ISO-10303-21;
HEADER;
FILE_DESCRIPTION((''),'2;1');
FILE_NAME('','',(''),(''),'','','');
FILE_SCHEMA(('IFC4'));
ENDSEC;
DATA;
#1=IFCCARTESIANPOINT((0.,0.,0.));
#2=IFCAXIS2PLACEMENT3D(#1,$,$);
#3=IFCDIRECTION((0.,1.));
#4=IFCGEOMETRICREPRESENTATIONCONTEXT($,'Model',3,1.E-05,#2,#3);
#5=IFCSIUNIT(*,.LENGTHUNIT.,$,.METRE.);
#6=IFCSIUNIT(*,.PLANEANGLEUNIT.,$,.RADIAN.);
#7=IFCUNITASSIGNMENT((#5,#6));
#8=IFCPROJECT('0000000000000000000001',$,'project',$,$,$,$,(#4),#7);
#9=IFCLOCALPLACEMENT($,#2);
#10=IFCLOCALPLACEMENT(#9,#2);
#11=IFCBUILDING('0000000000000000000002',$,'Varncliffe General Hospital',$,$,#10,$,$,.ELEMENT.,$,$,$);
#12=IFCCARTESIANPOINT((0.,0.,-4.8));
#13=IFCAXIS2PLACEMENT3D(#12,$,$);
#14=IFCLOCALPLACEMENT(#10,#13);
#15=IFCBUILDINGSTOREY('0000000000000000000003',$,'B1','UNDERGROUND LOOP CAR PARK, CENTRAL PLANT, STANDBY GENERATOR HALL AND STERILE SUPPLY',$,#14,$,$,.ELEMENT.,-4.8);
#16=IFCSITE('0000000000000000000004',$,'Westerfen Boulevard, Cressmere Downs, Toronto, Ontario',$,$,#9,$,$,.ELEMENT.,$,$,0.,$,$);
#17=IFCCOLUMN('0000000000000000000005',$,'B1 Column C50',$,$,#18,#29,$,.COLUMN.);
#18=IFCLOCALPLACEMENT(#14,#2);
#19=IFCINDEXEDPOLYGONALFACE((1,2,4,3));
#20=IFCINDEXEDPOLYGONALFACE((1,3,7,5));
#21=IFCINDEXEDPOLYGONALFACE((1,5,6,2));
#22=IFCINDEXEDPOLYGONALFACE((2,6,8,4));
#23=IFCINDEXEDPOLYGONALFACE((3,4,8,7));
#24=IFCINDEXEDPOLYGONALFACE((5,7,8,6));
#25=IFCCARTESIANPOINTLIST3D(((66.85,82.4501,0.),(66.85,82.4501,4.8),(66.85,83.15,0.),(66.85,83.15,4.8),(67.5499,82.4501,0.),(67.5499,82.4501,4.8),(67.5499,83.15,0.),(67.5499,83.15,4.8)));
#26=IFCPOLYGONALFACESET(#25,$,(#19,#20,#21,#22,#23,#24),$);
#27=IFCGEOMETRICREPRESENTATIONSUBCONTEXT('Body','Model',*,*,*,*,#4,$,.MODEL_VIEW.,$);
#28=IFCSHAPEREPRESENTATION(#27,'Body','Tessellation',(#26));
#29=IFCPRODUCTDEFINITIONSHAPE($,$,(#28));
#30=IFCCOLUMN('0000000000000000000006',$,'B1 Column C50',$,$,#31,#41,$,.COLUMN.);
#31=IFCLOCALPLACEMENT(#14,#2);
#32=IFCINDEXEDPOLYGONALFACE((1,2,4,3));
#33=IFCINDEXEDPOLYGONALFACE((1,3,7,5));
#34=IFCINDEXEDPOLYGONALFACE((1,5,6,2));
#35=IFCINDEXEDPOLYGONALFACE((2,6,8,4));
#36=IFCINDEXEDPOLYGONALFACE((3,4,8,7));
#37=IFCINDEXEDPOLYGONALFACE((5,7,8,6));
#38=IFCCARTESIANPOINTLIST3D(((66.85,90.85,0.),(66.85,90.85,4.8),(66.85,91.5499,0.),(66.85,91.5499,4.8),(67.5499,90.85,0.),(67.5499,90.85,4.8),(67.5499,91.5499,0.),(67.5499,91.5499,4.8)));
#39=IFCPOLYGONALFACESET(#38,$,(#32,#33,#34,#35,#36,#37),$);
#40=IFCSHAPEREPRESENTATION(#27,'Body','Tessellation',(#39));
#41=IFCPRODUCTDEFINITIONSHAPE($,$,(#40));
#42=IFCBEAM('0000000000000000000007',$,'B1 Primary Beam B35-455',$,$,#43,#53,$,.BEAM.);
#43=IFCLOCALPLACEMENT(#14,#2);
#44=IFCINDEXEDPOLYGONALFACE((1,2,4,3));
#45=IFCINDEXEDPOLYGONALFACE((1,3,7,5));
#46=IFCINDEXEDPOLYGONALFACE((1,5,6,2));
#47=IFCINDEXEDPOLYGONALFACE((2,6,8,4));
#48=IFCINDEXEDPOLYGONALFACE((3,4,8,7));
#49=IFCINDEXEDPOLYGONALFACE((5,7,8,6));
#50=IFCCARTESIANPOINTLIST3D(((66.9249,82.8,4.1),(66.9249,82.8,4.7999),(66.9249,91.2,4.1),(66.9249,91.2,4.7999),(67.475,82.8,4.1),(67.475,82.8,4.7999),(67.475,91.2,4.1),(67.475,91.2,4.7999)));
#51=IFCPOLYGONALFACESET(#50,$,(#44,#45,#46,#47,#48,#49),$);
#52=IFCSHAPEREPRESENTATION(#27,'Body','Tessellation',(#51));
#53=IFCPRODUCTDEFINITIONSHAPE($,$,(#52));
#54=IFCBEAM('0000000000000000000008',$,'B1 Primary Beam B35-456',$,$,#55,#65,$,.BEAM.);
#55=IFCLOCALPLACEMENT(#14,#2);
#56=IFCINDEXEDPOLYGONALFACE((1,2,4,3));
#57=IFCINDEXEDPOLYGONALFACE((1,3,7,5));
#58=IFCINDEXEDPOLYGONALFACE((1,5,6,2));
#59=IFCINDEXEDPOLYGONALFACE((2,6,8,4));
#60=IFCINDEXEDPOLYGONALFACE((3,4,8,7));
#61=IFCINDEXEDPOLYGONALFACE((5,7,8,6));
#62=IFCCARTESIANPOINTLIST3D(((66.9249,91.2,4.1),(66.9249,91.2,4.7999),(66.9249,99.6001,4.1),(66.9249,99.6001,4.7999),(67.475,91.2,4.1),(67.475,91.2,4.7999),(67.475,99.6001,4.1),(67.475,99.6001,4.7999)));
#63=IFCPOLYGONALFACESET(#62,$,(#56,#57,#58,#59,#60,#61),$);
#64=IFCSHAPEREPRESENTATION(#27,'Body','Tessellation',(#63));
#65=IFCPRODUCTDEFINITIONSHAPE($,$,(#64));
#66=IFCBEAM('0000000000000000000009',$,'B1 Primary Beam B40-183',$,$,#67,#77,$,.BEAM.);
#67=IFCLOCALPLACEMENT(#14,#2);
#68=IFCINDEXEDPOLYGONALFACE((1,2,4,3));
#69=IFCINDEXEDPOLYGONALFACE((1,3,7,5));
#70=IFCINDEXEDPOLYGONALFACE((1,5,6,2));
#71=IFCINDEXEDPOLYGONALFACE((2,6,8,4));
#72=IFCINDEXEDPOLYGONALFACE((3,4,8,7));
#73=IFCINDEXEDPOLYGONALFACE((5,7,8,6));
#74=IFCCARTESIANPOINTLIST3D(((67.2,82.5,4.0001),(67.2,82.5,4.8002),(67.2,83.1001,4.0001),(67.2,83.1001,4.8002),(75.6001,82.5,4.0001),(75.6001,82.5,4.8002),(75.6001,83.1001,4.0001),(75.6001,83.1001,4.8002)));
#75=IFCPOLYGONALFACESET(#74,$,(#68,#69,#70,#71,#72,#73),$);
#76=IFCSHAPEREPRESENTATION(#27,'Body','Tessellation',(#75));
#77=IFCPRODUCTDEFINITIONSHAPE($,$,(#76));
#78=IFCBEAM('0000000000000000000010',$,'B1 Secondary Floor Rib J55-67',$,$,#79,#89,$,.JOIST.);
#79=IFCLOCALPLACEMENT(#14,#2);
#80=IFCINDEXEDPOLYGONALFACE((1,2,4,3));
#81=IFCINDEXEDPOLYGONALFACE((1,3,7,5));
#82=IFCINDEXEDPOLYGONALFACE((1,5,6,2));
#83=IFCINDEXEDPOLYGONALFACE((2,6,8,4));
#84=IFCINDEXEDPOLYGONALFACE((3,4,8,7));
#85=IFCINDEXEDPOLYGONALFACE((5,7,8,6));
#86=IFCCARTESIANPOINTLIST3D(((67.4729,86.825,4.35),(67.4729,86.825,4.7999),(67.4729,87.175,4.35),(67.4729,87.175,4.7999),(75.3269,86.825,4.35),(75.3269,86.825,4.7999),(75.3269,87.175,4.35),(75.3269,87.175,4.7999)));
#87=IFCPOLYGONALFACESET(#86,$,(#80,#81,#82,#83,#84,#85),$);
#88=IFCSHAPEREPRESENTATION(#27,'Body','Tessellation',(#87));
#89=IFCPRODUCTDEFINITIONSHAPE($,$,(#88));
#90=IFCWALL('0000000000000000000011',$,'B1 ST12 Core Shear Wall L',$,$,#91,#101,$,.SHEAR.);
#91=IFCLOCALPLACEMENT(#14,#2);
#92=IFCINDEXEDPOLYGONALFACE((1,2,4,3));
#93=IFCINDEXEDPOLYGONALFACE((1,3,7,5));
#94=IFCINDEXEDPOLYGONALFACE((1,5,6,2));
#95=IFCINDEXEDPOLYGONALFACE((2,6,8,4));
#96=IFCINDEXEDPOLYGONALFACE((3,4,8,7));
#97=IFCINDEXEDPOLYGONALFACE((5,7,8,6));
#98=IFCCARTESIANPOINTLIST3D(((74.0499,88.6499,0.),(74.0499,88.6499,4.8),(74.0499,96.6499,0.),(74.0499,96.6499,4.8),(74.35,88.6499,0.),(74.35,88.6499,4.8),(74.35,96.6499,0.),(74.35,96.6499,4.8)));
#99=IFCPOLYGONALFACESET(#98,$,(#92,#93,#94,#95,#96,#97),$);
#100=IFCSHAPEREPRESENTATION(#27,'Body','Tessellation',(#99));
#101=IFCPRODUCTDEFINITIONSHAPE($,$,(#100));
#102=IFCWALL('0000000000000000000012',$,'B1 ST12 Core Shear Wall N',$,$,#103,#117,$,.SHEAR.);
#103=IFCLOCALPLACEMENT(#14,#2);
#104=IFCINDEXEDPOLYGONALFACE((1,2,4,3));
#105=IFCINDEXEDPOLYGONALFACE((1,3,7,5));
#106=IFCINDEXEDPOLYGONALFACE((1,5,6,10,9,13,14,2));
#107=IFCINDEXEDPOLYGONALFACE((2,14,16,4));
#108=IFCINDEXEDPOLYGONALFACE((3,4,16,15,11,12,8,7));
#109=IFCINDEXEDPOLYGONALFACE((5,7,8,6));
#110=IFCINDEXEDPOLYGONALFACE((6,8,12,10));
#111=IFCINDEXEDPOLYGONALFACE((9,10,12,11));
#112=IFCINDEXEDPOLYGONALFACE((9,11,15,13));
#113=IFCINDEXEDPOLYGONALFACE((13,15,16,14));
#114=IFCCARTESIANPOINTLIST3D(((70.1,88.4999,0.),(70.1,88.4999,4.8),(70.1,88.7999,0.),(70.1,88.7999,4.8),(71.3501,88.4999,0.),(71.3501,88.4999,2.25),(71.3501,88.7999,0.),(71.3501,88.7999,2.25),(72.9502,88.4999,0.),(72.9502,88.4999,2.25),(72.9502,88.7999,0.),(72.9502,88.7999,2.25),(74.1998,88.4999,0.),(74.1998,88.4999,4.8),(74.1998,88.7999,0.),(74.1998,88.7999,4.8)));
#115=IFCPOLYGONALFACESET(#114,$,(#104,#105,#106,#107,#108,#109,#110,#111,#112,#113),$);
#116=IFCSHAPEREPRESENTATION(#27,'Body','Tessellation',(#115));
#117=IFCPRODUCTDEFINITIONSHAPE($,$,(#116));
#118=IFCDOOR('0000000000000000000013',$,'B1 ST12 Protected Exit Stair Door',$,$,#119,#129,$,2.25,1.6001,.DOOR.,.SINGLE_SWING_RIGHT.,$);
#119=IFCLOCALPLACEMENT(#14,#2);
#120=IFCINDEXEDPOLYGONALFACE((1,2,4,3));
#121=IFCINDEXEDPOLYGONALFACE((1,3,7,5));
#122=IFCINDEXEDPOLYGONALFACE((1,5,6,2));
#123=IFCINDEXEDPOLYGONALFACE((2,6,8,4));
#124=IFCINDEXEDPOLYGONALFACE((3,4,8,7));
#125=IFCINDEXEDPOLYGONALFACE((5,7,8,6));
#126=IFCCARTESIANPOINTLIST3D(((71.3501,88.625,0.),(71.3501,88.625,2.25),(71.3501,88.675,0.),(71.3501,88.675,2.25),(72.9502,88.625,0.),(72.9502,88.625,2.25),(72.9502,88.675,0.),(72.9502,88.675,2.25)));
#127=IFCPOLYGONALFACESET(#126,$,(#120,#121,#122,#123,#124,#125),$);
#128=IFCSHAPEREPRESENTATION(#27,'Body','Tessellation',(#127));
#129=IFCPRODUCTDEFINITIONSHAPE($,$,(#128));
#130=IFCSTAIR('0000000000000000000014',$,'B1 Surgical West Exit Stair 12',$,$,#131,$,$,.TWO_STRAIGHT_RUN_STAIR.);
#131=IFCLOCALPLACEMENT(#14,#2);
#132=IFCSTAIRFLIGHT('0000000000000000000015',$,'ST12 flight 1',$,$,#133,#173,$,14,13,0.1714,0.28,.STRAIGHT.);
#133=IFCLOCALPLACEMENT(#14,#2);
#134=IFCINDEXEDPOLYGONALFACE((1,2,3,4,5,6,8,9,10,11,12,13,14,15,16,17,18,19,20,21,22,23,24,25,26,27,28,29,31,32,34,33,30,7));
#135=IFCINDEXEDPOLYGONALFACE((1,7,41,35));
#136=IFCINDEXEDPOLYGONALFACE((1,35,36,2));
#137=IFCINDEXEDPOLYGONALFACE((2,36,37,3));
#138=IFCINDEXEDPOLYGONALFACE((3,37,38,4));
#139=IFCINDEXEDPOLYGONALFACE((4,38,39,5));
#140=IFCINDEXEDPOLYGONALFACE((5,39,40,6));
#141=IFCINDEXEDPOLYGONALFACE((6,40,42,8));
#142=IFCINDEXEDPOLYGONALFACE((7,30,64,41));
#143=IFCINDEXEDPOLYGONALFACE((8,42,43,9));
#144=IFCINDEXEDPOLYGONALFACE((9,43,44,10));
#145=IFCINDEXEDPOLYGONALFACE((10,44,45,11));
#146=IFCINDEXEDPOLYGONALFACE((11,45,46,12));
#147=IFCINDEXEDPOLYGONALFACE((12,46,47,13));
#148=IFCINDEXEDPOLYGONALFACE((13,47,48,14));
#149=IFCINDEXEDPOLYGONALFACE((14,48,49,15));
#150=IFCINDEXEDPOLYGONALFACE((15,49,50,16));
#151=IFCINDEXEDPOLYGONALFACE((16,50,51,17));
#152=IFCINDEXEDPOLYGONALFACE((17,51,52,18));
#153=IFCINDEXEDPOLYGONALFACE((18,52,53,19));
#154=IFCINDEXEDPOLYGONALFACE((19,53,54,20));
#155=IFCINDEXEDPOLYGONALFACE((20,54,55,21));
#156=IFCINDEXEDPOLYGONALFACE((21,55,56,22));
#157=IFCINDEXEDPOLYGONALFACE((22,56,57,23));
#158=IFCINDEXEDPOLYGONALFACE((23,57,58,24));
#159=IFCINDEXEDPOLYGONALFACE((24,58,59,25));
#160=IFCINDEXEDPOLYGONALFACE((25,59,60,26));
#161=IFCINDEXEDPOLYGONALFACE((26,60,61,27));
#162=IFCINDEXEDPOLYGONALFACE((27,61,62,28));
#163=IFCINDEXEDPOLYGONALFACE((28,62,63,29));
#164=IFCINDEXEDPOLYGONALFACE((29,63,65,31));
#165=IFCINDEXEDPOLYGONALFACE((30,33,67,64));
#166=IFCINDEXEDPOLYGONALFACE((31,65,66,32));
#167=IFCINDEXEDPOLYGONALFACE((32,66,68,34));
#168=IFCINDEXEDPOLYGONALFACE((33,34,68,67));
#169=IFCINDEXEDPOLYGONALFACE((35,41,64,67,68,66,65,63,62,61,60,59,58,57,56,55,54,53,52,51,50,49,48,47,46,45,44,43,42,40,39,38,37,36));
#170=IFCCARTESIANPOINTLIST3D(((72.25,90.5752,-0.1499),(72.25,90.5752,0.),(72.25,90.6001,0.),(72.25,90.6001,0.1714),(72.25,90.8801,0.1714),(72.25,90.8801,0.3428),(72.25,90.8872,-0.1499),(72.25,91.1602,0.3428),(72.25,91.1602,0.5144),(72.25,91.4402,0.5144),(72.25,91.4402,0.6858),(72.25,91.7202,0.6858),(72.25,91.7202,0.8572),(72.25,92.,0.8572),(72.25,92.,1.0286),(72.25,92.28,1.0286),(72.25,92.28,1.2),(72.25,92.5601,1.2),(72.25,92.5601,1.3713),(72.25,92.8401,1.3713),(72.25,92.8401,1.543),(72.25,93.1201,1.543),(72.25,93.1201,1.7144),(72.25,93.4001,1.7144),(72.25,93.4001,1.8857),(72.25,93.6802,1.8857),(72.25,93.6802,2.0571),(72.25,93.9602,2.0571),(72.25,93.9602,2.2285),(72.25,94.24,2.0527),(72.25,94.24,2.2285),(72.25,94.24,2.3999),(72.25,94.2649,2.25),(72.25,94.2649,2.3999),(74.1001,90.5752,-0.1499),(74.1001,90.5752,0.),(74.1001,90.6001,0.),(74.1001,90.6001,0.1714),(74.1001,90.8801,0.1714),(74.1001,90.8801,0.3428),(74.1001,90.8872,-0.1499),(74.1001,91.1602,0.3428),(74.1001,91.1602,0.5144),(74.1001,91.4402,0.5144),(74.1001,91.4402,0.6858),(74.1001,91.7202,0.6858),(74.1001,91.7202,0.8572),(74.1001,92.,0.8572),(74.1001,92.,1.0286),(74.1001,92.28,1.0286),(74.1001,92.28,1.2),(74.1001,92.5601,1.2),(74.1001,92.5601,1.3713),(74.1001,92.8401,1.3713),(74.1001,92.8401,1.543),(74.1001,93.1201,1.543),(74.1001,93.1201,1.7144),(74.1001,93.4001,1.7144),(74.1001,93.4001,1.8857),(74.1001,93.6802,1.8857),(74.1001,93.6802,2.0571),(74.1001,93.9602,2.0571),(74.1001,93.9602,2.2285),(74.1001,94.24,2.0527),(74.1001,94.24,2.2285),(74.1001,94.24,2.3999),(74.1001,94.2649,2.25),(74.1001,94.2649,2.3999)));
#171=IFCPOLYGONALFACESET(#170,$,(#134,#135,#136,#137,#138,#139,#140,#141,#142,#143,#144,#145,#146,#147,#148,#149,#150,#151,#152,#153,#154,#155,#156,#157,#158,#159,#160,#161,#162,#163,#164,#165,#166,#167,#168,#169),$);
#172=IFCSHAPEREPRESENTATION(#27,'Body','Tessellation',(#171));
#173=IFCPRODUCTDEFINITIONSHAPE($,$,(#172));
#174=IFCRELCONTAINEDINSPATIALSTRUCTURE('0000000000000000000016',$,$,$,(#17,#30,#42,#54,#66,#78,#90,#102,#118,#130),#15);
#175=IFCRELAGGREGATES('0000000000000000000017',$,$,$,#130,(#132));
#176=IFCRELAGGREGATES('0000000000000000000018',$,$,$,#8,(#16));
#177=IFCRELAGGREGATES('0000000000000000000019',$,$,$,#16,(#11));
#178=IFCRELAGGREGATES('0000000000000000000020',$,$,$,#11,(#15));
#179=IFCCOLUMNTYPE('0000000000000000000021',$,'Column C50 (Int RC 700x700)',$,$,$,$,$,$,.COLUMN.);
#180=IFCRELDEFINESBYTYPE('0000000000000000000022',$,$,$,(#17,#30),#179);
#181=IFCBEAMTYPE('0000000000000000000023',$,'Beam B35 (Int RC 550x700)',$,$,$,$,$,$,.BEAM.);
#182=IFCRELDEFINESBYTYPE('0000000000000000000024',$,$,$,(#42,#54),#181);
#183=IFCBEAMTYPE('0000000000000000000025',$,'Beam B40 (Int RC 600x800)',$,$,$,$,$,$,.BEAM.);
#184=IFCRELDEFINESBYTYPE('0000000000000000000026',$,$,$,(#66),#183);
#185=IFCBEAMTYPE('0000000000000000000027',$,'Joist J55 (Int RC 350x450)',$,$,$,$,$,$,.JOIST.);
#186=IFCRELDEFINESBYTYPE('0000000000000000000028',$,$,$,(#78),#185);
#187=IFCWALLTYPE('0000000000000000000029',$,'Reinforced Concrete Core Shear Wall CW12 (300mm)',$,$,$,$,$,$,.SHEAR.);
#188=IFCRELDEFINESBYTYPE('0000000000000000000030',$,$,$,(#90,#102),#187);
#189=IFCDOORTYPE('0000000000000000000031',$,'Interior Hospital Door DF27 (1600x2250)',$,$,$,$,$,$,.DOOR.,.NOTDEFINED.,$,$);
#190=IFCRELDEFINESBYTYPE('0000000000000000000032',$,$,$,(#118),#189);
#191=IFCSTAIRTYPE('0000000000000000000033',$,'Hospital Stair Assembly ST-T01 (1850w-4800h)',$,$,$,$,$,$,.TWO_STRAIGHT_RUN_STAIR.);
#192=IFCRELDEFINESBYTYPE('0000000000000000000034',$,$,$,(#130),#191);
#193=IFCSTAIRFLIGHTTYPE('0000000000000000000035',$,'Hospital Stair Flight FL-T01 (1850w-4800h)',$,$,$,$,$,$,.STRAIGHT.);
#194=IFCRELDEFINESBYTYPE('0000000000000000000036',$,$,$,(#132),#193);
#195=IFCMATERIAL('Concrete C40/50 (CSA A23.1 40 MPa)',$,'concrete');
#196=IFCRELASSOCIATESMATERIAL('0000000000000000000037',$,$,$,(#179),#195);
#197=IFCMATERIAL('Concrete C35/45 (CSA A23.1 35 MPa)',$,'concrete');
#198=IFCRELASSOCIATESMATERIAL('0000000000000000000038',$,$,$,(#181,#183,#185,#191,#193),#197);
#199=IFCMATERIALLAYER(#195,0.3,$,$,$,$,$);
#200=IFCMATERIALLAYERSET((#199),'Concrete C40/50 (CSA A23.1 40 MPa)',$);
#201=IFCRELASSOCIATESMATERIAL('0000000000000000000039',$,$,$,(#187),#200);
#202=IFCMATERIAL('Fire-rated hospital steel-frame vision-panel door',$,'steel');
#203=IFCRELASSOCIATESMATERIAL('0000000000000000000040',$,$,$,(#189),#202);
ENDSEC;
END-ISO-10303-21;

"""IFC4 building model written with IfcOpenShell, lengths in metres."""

from ifc_helpers import new_model, si_unit, direction, frame, frame_2d, origin, origin_2d, place, context, subcontext, project, spatial, polyline, rectangle, outline, extrude, material, layer, layer_set, material_profile, profile_set, type_object, element, fill, aggregate, save


model = new_model("IFC4")

# Units and contexts
model_context = context("Model", 3, precision=1e-05, world=origin(), true_north=direction((0.0, 1.0)))
body_context = subcontext(model_context, "Body", "Model", "MODEL_VIEW")
ifc_project = project(units=[si_unit("LENGTHUNIT", "METRE"), si_unit("PLANEANGLEUNIT", "RADIAN")], contexts=[model_context])

# Site, building, storey
site_placement = place(None, origin())
site = spatial("IfcSite", under=ifc_project, at=site_placement, Name="Westerfen Boulevard, Cressmere Downs, Toronto, Ontario", CompositionType="ELEMENT", RefElevation=0.0)
building_placement = place(site_placement, origin())
building = spatial("IfcBuilding", under=site, at=building_placement, Name="Varncliffe General Hospital", CompositionType="ELEMENT")
storey_placement = place(building_placement, frame((0.0, 0.0, -4.8)))
storey = spatial("IfcBuildingStorey", under=building, at=storey_placement, Name="B1", Description="UNDERGROUND LOOP CAR PARK, CENTRAL PLANT, STANDBY GENERATOR HALL AND STERILE SUPPLY", CompositionType="ELEMENT", Elevation=-4.8)

# Shared definitions
ifc_material_1 = material(Name="Concrete C40/50 (CSA A23.1 40 MPa)", Category="concrete")

# Columns
ifc_material_profile_1 = material_profile(ifc_material_1, rectangle(XDim=0.7, YDim=0.7, at=origin_2d()), Name="RC 700x700")
ifc_profile_set_1 = profile_set([ifc_material_profile_1], Name="Concrete C40/50 (CSA A23.1 40 MPa)")
column_type = type_object("IfcColumnType", Name="Column C50 (Int RC 700x700)", PredefinedType="COLUMN", material=ifc_profile_set_1)
for number, where, z_axis, x_axis, name in (
    (1, (67.2, 82.8, 0.0), (0.0, 0.0, 1.0), (1.0, 0.0, 0.0), "B1 Column C50"),
    (2, (67.2, 91.2, 0.0), (0.0, 0.0, 1.0), (1.0, 0.0, 0.0), "B1 Column C50"),
):
    element("IfcColumn", number, at=place(storey_placement, frame(where, z_axis=z_axis, x_axis=x_axis)), inside=storey, type_object=column_type, Name=name, PredefinedType="COLUMN", context=body_context, shape_type="SweptSolid", body=[
        extrude(rectangle(XDim=0.7, YDim=0.7, at=origin_2d()), origin(), (0.0, 0.0, 1.0), 4.8),
    ])

# Beams
ifc_material_2 = material(Name="Concrete C35/45 (CSA A23.1 35 MPa)", Category="concrete")
ifc_material_profile_2 = material_profile(ifc_material_2, rectangle(XDim=0.55, YDim=0.7, at=origin_2d()), Name="RC 550x700")
ifc_profile_set_2 = profile_set([ifc_material_profile_2], Name="Concrete C35/45 (CSA A23.1 35 MPa)")
beam_type_1 = type_object("IfcBeamType", Name="Beam B35 (Int RC 550x700)", PredefinedType="BEAM", material=ifc_profile_set_2)
beam_1_placement = place(storey_placement, frame((67.2, 82.8, 4.45), z_axis=(0.0, 1.0, 0.0), x_axis=(-1.0, 0.0, 0.0)))
element("IfcBeam", 3, at=beam_1_placement, inside=storey, type_object=beam_type_1, Name="B1 Primary Beam B35-455", PredefinedType="BEAM", context=body_context, shape_type="SweptSolid", body=[
    extrude(rectangle(XDim=0.55, YDim=0.7, at=origin_2d()), origin(), (0.0, 0.0, 1.0), 8.3999),
])
beam_2_placement = place(storey_placement, frame((67.2, 91.2, 4.45), z_axis=(0.0, 1.0, 0.0), x_axis=(-1.0, 0.0, 0.0)))
element("IfcBeam", 4, at=beam_2_placement, inside=storey, type_object=beam_type_1, Name="B1 Primary Beam B35-456", PredefinedType="BEAM", context=body_context, shape_type="SweptSolid", body=[
    extrude(rectangle(XDim=0.55, YDim=0.7, at=origin_2d()), origin(), (0.0, 0.0, 1.0), 8.4001),
])
ifc_material_profile_3 = material_profile(ifc_material_2, rectangle(XDim=0.6001, YDim=0.8, at=origin_2d()), Name="RC 600x800")
ifc_profile_set_3 = profile_set([ifc_material_profile_3], Name="Concrete C35/45 (CSA A23.1 35 MPa)")
beam_type_2 = type_object("IfcBeamType", Name="Beam B40 (Int RC 600x800)", PredefinedType="BEAM", material=ifc_profile_set_3)
beam_3_placement = place(storey_placement, frame((67.2, 82.8, 4.4001), z_axis=(1.0, 0.0, 0.0), x_axis=(0.0, 1.0, 0.0)))
element("IfcBeam", 5, at=beam_3_placement, inside=storey, type_object=beam_type_2, Name="B1 Primary Beam B40-183", PredefinedType="BEAM", context=body_context, shape_type="SweptSolid", body=[
    extrude(rectangle(XDim=0.6001, YDim=0.8, at=origin_2d()), origin(), (0.0, 0.0, 1.0), 8.4001),
])
ifc_material_profile_4 = material_profile(ifc_material_2, rectangle(XDim=0.3501, YDim=0.45, at=origin_2d()), Name="RC 350x450")
ifc_profile_set_4 = profile_set([ifc_material_profile_4], Name="Concrete C35/45 (CSA A23.1 35 MPa)")
beam_type_3 = type_object("IfcBeamType", Name="Joist J55 (Int RC 350x450)", PredefinedType="JOIST", material=ifc_profile_set_4)
beam_4_placement = place(storey_placement, frame((67.4729, 87.0, 4.575), z_axis=(1.0, 0.0, 0.0), x_axis=(0.0, 1.0, 0.0)))
element("IfcBeam", 6, at=beam_4_placement, inside=storey, type_object=beam_type_3, Name="B1 Secondary Floor Rib J55-67", PredefinedType="JOIST", context=body_context, shape_type="SweptSolid", body=[
    extrude(rectangle(XDim=0.3501, YDim=0.45, at=origin_2d()), origin(), (0.0, 0.0, 1.0), 7.854),
])

# Wall
ifc_layer = layer(ifc_material_1, 0.3)
ifc_layer_set = layer_set([ifc_layer], Name="Concrete C40/50 (CSA A23.1 40 MPa)")
wall_type = type_object("IfcWallType", Name="Reinforced Concrete Core Shear Wall CW12 (300mm)", PredefinedType="SHEAR", material=ifc_layer_set)
wall_1_placement = place(storey_placement, frame((74.2, 88.6499, 0.0), z_axis=(0.0, 0.0, 1.0), x_axis=(0.0, 1.0, 0.0)))
element("IfcWall", 7, at=wall_1_placement, inside=storey, type_object=wall_type, Name="B1 ST12 Core Shear Wall L", PredefinedType="SHEAR", context=body_context, shape_type="SweptSolid", body=[
    extrude(rectangle(XDim=8.0, YDim=0.3, at=frame_2d((4.0, 0.0))), origin(), (0.0, 0.0, 1.0), 4.8),
])

# Wall, opening, door
wall_2_placement = place(storey_placement, frame((70.1001, 88.6499, 0.0), z_axis=(0.0, 0.0, 1.0), x_axis=(1.0, 0.0, 0.0)))
wall_2 = element("IfcWall", 8, at=wall_2_placement, inside=storey, type_object=wall_type, Name="B1 ST12 Core Shear Wall N", PredefinedType="SHEAR", context=body_context, shape_type="SweptSolid", body=[
    extrude(rectangle(XDim=4.0999, YDim=0.3, at=frame_2d((2.0498, 0.0))), origin(), (0.0, 0.0, 1.0), 4.8),
])
opening_placement = place(wall_2_placement, frame((1.25, 0.0, 0.0)))
opening = element("IfcOpeningElement", 9, at=opening_placement, cuts=wall_2, PredefinedType="OPENING", context=body_context, shape_type="SweptSolid", body=[
    extrude(rectangle(XDim=1.6001, YDim=2.25, at=frame_2d((0.8, 1.125))), frame((0.0, 0.1602, 0.0), z_axis=(0.0, -1.0, 0.0), x_axis=(1.0, 0.0, 0.0)), (0.0, 0.0, 1.0), 0.3201),
])
ifc_material_3 = material(Name="Fire-rated hospital steel-frame vision-panel door", Category="steel")
door_type = type_object("IfcDoorType", Name="Interior Hospital Door DF27 (1600x2250)", OperationType="NOTDEFINED", PredefinedType="DOOR", material=ifc_material_3)
door_placement = place(opening_placement, frame((1.6001, 0.0, 0.0), z_axis=(0.0, 0.0, 1.0), x_axis=(-1.0, 0.0, 0.0)))
door = element("IfcDoor", 10, at=door_placement, inside=storey, type_object=door_type, Name="B1 ST12 Protected Exit Stair Door", OperationType="SINGLE_SWING_RIGHT", OverallHeight=2.25, OverallWidth=1.6001, PredefinedType="DOOR", context=body_context, shape_type="SweptSolid", body=[
    extrude(rectangle(XDim=1.6001, YDim=2.25, at=frame_2d((0.8, 1.125))), frame((0.0, 0.0249, 0.0), z_axis=(0.0, -1.0, 0.0), x_axis=(1.0, 0.0, 0.0)), (0.0, 0.0, 1.0), 0.05),
])
fill(opening, door)

# Stair, stair flight
stair_type = type_object("IfcStairType", Name="Hospital Stair Assembly ST-T01 (1850w-4800h)", PredefinedType="TWO_STRAIGHT_RUN_STAIR", material=ifc_material_2)
stair_placement = place(storey_placement, origin())
stair = element("IfcStair", 11, at=stair_placement, inside=storey, type_object=stair_type, Name="B1 Surgical West Exit Stair 12", PredefinedType="TWO_STRAIGHT_RUN_STAIR")
stair_flight_type = type_object("IfcStairFlightType", Name="Hospital Stair Flight FL-T01 (1850w-4800h)", PredefinedType="STRAIGHT", material=ifc_material_2)
stair_flight_1_placement = place(storey_placement, frame((73.175, 90.6001, 0.0), z_axis=(0.0, 0.0, 1.0), x_axis=(0.0, 1.0, 0.0)))
stair_flight_1 = element("IfcStairFlight", 12, at=stair_flight_1_placement, type_object=stair_flight_type, Name="ST12 flight 1", NumberOfRisers=14, NumberOfTreads=13, PredefinedType="STRAIGHT", RiserHeight=0.1714, TreadLength=0.28, context=body_context, shape_type="SweptSolid", body=[
    extrude(outline(polyline([(-0.0249, -0.1499), (-0.0249, 0.0), (0.0, 0.0), (0.0, 0.1714), (0.28, 0.1714), (0.28, 0.3428), (0.5601, 0.3428), (0.5601, 0.5144), (0.8401, 0.5144), (0.8401, 0.6858), (1.1201, 0.6858), (1.1201, 0.8572), (1.3999, 0.8572), (1.3999, 1.0286), (1.6799, 1.0286), (1.6799, 1.2), (1.96, 1.2), (1.96, 1.3713), (2.24, 1.3713), (2.24, 1.543), (2.52, 1.543), (2.52, 1.7144), (2.8, 1.7144), (2.8, 1.8857), (3.0801, 1.8857), (3.0801, 2.0571), (3.3601, 2.0571), (3.3601, 2.2285), (3.6399, 2.2285), (3.6399, 2.3999), (3.6648, 2.3999), (3.6648, 2.25), (3.6399, 2.0527), (0.2871, -0.1499), (-0.0249, -0.1499)])), frame((0.0, 0.925, 0.0), z_axis=(0.0, -1.0, 0.0), x_axis=(1.0, 0.0, 0.0)), (0.0, 0.0, 1.0), 1.8501),
])
aggregate(stair, [stair_flight_1])

save(model, "model.ifc")
